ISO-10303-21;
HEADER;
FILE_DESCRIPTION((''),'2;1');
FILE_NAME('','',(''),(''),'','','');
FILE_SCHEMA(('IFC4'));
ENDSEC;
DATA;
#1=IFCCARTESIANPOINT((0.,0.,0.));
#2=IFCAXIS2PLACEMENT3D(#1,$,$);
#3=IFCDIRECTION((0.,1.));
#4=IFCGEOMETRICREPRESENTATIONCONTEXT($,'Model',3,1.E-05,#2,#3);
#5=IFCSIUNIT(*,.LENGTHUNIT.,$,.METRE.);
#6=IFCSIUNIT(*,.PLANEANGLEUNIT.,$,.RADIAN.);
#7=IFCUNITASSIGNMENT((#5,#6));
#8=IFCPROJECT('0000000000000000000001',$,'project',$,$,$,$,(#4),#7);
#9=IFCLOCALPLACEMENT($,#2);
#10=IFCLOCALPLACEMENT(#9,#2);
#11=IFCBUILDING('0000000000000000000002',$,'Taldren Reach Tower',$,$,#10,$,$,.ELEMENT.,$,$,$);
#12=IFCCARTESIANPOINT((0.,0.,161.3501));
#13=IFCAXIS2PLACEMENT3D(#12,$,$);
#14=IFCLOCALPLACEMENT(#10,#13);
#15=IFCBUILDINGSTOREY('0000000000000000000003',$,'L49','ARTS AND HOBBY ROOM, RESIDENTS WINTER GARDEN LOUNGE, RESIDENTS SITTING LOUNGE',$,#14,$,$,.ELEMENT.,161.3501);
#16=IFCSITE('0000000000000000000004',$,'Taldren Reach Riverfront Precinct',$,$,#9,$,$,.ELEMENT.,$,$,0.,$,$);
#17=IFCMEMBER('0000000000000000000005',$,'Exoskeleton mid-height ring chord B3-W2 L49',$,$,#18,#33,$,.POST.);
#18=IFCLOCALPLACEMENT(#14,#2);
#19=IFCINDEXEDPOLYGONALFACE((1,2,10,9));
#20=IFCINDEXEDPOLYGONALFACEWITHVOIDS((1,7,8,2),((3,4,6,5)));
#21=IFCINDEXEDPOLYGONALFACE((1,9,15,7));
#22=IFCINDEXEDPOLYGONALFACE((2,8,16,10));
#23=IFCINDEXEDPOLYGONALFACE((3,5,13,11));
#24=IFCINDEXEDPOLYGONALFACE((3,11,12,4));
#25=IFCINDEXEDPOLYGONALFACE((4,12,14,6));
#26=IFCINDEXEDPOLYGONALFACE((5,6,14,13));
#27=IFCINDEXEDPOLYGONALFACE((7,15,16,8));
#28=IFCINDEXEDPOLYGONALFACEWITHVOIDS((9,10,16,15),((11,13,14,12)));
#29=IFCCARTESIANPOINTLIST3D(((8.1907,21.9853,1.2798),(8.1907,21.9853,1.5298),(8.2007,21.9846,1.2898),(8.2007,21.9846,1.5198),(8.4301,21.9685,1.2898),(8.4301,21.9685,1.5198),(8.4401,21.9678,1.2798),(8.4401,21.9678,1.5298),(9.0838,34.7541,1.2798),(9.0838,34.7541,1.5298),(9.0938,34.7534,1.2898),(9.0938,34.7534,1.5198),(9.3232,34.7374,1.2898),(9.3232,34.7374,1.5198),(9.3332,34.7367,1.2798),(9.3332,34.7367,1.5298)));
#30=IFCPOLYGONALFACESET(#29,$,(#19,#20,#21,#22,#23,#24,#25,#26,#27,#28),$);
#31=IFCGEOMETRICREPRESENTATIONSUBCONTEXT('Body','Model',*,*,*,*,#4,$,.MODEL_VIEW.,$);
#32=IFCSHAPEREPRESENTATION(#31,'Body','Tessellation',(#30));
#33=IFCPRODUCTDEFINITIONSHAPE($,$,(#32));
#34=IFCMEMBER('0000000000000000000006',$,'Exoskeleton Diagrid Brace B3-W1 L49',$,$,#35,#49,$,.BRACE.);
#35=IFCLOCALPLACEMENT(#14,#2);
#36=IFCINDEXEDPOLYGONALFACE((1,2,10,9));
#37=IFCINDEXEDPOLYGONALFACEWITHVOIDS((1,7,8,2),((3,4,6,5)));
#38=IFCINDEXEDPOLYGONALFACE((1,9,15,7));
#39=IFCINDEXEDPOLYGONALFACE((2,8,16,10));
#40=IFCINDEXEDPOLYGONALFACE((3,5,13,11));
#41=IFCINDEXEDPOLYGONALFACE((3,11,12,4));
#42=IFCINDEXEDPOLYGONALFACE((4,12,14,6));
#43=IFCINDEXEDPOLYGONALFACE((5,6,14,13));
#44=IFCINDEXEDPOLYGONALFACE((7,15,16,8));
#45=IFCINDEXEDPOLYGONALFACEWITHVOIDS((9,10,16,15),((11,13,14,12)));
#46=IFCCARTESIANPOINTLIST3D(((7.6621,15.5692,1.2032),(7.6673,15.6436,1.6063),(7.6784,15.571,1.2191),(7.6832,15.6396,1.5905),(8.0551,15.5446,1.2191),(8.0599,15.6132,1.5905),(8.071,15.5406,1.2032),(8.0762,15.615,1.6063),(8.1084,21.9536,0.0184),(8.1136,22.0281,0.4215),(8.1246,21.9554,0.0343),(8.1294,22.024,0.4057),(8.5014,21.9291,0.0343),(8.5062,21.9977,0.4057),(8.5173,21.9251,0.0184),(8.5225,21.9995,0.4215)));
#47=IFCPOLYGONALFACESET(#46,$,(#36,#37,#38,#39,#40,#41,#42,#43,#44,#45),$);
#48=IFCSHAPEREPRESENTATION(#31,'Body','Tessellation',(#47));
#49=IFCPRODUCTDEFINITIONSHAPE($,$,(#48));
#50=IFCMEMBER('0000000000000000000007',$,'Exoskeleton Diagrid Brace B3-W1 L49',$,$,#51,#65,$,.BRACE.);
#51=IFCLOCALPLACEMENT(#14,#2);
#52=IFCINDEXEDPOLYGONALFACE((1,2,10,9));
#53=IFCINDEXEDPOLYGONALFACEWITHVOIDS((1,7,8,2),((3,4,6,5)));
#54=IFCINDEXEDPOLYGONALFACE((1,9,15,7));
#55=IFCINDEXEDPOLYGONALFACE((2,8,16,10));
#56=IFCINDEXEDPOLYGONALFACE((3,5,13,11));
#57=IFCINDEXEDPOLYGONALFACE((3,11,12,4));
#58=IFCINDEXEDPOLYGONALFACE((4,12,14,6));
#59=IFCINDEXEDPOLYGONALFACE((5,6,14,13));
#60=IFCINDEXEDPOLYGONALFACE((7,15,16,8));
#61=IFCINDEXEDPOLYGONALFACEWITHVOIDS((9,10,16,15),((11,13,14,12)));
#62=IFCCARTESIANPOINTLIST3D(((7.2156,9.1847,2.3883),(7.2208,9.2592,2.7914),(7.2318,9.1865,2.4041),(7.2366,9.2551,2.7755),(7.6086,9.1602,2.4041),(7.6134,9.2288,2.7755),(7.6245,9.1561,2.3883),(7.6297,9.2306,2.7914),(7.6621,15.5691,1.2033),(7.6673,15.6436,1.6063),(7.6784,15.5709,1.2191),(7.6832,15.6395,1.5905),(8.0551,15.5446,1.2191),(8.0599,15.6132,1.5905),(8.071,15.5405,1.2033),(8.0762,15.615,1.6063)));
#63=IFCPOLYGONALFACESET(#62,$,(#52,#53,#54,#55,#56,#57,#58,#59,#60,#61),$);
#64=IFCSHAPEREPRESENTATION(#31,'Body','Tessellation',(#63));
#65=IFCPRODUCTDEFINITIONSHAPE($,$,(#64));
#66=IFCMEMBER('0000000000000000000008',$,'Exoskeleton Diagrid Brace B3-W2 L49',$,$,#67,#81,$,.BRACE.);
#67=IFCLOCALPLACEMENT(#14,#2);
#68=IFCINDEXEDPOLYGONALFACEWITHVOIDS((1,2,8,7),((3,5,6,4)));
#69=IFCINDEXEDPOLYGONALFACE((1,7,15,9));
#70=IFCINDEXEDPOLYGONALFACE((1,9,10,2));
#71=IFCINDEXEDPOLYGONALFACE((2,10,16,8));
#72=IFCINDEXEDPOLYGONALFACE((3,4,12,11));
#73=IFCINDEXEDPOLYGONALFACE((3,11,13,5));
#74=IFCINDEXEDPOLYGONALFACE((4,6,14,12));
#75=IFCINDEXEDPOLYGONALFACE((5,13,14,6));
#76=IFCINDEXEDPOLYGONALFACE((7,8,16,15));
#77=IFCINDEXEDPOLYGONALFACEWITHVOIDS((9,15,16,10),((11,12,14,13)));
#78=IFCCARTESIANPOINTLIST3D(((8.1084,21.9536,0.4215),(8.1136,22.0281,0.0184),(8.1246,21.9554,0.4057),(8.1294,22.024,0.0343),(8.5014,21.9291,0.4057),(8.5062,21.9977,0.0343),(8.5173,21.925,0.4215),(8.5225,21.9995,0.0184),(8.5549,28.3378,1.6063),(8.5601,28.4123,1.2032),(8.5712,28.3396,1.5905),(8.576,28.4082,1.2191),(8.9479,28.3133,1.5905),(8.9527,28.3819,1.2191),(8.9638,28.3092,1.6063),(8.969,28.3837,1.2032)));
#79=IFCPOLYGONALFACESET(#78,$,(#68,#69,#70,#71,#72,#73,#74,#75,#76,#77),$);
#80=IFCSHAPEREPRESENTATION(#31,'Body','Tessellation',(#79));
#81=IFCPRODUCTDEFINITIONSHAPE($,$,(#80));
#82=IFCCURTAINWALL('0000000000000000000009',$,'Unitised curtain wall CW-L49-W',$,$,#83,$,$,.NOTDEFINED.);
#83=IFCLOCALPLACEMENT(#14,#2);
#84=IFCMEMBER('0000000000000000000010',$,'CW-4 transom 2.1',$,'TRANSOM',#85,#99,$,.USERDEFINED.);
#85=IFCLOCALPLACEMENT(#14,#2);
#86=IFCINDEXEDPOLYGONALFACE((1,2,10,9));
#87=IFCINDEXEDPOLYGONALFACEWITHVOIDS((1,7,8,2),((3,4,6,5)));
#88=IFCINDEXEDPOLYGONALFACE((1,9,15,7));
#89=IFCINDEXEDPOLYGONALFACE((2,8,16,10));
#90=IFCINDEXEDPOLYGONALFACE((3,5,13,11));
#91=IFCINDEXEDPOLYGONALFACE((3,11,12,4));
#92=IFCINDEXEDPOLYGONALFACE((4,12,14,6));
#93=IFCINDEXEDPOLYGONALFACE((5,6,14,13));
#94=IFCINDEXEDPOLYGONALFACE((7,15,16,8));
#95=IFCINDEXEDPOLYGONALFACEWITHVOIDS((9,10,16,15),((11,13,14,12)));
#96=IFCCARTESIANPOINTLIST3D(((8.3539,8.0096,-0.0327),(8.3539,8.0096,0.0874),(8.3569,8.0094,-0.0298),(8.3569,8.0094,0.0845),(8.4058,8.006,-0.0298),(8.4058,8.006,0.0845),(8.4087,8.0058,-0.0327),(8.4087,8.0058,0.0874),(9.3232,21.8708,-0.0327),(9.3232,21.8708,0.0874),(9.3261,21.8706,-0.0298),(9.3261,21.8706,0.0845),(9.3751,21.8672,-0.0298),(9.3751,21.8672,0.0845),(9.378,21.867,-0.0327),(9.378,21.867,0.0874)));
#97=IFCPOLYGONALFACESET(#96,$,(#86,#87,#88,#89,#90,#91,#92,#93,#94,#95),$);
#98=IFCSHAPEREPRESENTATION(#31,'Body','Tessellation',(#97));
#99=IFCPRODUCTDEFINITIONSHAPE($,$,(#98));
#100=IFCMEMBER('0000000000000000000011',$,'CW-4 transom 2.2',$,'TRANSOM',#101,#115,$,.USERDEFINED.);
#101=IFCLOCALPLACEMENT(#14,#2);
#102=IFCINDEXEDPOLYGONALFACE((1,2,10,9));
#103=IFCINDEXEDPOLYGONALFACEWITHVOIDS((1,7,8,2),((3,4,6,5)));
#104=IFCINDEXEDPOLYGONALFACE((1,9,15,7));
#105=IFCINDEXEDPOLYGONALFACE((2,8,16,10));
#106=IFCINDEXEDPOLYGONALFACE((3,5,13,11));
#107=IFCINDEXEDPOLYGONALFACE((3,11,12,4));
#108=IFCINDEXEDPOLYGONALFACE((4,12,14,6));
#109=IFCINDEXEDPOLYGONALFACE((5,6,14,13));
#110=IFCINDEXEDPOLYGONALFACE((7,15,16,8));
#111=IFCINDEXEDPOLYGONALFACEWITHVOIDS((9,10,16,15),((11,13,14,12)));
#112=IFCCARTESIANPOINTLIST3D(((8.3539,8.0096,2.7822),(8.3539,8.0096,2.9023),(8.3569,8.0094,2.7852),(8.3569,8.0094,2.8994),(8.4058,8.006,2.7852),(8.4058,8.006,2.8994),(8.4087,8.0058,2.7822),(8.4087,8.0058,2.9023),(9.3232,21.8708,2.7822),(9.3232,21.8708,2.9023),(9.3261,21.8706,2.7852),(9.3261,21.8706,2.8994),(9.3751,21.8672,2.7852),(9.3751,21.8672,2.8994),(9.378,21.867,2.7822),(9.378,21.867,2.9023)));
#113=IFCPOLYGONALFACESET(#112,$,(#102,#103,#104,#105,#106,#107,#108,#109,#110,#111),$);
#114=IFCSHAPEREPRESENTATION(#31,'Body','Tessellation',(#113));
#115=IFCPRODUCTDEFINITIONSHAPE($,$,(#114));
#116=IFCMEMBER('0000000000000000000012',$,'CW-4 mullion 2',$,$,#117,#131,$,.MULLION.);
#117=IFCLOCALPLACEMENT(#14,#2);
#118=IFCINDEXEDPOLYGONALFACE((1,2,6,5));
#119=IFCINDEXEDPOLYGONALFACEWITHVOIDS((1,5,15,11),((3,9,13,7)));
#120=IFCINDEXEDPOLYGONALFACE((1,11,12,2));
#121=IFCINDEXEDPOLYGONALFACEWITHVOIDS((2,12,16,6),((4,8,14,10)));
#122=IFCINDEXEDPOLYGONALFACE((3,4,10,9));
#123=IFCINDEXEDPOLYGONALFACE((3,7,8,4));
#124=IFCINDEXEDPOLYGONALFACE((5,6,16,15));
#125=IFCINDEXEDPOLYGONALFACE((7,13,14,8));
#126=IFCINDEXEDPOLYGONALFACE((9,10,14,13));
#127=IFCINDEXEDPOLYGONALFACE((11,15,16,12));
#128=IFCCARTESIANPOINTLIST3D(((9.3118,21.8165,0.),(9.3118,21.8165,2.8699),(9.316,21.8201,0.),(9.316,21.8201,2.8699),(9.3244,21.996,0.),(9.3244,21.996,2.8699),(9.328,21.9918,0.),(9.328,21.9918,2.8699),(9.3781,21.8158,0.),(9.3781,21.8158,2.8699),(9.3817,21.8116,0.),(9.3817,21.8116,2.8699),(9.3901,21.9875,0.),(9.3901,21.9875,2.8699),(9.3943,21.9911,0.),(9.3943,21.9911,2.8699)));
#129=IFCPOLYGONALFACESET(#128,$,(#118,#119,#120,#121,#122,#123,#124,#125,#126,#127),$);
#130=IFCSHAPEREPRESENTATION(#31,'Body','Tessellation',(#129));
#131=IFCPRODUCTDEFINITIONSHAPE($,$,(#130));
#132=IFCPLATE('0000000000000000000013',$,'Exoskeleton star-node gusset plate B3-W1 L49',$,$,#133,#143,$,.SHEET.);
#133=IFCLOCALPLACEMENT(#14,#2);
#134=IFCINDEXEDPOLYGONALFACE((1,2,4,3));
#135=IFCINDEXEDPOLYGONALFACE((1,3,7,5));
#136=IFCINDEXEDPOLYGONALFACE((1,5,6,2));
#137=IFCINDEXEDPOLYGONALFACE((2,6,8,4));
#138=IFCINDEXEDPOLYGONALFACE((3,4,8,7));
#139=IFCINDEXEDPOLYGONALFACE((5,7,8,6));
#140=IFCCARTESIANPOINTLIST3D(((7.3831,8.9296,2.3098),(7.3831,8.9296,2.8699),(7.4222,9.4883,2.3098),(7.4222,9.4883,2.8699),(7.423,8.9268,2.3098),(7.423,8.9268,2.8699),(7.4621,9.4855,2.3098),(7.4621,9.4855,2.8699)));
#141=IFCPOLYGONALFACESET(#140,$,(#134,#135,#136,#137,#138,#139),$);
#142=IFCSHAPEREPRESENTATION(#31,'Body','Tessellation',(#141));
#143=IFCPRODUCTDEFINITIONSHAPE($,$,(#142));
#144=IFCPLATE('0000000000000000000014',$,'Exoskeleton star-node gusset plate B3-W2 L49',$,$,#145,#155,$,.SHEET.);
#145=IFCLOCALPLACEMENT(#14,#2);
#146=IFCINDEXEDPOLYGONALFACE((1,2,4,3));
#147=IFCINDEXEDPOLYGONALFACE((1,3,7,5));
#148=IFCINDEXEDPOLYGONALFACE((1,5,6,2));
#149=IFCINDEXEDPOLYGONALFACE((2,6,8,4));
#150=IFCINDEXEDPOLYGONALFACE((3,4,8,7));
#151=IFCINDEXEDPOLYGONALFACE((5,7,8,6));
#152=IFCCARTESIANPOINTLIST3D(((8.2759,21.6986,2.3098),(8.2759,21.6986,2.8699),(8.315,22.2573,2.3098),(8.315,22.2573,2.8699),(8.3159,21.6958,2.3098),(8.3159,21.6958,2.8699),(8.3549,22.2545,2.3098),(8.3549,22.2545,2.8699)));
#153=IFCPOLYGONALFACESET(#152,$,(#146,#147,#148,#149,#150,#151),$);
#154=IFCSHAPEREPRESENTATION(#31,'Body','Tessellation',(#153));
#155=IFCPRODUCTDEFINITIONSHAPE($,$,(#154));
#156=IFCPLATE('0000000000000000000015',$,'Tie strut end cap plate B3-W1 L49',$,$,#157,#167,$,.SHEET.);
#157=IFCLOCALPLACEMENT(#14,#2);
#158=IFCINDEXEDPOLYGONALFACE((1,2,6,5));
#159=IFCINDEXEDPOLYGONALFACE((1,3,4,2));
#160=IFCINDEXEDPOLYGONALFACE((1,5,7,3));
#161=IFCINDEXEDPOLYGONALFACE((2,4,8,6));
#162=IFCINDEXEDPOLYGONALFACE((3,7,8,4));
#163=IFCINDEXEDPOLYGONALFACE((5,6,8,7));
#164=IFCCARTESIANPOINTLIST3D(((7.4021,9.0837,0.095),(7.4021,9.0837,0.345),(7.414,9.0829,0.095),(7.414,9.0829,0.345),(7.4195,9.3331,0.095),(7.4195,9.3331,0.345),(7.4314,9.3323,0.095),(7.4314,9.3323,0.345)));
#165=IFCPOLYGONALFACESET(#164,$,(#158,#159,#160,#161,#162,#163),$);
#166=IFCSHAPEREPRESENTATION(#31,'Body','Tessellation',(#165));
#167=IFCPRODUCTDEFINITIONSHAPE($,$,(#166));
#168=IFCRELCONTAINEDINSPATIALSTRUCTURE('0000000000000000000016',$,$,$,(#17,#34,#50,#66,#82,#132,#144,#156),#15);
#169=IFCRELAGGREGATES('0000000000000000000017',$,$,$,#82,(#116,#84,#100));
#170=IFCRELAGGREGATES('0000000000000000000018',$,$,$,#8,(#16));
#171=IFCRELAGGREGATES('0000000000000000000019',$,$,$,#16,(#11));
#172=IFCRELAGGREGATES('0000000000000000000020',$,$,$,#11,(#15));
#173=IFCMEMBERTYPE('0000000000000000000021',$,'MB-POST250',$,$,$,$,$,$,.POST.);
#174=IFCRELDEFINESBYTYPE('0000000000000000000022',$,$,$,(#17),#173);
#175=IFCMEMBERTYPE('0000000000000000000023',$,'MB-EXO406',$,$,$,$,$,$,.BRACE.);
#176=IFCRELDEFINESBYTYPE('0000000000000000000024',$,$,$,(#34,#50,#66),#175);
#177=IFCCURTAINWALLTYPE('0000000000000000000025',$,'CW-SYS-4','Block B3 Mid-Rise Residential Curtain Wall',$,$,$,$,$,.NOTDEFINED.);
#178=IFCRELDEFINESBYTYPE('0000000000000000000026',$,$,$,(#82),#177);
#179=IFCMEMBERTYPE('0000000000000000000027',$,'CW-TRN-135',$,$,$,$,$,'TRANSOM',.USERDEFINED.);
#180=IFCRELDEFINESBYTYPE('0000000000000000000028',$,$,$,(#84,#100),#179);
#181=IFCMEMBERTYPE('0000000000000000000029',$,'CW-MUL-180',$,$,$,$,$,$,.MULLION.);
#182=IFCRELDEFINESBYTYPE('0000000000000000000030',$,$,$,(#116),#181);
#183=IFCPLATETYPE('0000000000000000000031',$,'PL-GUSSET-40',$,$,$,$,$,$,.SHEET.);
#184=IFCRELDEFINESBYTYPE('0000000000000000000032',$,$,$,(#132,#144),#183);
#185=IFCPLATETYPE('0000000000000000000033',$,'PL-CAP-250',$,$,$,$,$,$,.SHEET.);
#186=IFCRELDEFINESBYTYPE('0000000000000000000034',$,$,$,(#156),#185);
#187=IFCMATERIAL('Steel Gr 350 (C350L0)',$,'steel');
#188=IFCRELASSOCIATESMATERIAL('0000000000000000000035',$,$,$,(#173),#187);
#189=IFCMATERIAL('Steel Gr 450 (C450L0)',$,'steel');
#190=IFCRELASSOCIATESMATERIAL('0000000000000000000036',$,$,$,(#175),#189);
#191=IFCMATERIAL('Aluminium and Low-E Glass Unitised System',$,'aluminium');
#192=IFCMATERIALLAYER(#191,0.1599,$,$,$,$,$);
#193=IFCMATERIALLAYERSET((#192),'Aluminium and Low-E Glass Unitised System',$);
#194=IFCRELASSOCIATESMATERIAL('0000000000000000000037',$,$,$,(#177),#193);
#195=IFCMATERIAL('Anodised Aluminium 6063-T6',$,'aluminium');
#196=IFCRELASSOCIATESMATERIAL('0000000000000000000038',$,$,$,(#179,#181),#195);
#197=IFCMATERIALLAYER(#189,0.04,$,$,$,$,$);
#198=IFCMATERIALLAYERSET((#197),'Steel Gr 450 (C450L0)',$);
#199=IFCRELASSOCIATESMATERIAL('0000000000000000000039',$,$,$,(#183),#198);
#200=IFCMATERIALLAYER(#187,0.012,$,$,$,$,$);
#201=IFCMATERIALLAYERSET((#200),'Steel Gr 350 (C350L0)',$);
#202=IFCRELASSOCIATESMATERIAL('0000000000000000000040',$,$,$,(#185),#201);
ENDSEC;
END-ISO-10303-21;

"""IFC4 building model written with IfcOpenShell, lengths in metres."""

from ifc_helpers import new_model, si_unit, direction, frame, origin, origin_2d, place, context, subcontext, project, spatial, rectangle, hollow_rectangle, extrude, source, transform, mapped, material, layer, layer_set, material_profile, profile_set, type_object, element, aggregate, save


model = new_model("IFC4")

# Units and contexts
model_context = context("Model", 3, precision=1e-05, world=origin(), true_north=direction((0.0, 1.0)))
body_context = subcontext(model_context, "Body", "Model", "MODEL_VIEW")
ifc_project = project(units=[si_unit("LENGTHUNIT", "METRE"), si_unit("PLANEANGLEUNIT", "RADIAN")], contexts=[model_context])

# Site, building, storey
site_placement = place(None, origin())
site = spatial("IfcSite", under=ifc_project, at=site_placement, Name="Taldren Reach Riverfront Precinct", CompositionType="ELEMENT", RefElevation=0.0)
building_placement = place(site_placement, origin())
building = spatial("IfcBuilding", under=site, at=building_placement, Name="Taldren Reach Tower", CompositionType="ELEMENT")
storey_placement = place(building_placement, frame((0.0, 0.0, 161.3501)))
storey = spatial("IfcBuildingStorey", under=building, at=storey_placement, Name="L49", Description="ARTS AND HOBBY ROOM, RESIDENTS WINTER GARDEN LOUNGE, RESIDENTS SITTING LOUNGE", CompositionType="ELEMENT", Elevation=161.3501)

# Shared definitions
ifc_material_1 = material(Name="Steel Gr 350 (C350L0)", Category="steel")
ifc_material_profile_1 = material_profile(ifc_material_1, hollow_rectangle(XDim=0.25, YDim=0.25, WallThickness=0.01, at=origin_2d()), Name="250x250x10.0SHS")
ifc_profile_set_1 = profile_set([ifc_material_profile_1], Name="Steel Gr 350 (C350L0)")
member_type_1 = type_object("IfcMemberType", Name="MB-POST250", PredefinedType="POST", material=ifc_profile_set_1)
ifc_material_2 = material(Name="Steel Gr 450 (C450L0)", Category="steel")

# Members
shared_shape_1 = source(origin(), body_context, "Body", "SweptSolid", [
    extrude(hollow_rectangle(XDim=0.25, YDim=0.25, WallThickness=0.01, at=origin_2d()), origin(), (0.0, 0.0, 1.0), 12.8),
])
member_1_placement = place(storey_placement, frame((8.3154, 21.9766, 1.4048), z_axis=(0.069771, 0.997563, 0.0), x_axis=(-0.997563, 0.069771, 0.0)))
element("IfcMember", 1, at=member_1_placement, inside=storey, type_object=member_type_1, Name="Exoskeleton mid-height ring chord B3-W2 L49", PredefinedType="POST", context=body_context, shape_type="MappedRepresentation", body=[
    mapped(shared_shape_1, transform((0.0, 0.0, 0.0), scale=1.0)),
])
ifc_material_profile_2 = material_profile(ifc_material_2, hollow_rectangle(XDim=0.4099, YDim=0.4099, WallThickness=0.0161, at=origin_2d()), Name="410x410x16.0SHS")
ifc_profile_set_2 = profile_set([ifc_material_profile_2], Name="Steel Gr 450 (C450L0)")
member_type_2 = type_object("IfcMemberType", Name="MB-EXO406", PredefinedType="BRACE", material=ifc_profile_set_2)
shared_shape_2 = source(origin(), body_context, "Body", "SweptSolid", [
    extrude(hollow_rectangle(XDim=0.4099, YDim=0.4099, WallThickness=0.0161, at=origin_2d()), origin(), (0.0, 0.0, 1.0), 6.5088),
])
for number, where, z_axis, x_axis, name in (
    (2, (8.3154, 21.9766, 0.22), (-0.068567, -0.980899, 0.182031), (0.997566, -0.069732, 0.0), "Exoskeleton Diagrid Brace B3-W1 L49"),
    (3, (7.8691, 15.592, 1.4048), (-0.068603, -0.98089, 0.182067), (0.997563, -0.06977, 0.0), "Exoskeleton Diagrid Brace B3-W1 L49"),
):
    element("IfcMember", number, at=place(storey_placement, frame(where, z_axis=z_axis, x_axis=x_axis)), inside=storey, type_object=member_type_2, Name=name, PredefinedType="BRACE", context=body_context, shape_type="MappedRepresentation", body=[
        mapped(shared_shape_2, transform((0.0, 0.0, 0.0), scale=1.0)),
    ])
shared_shape_3 = source(origin(), body_context, "Body", "SweptSolid", [
    extrude(hollow_rectangle(XDim=0.4099, YDim=0.4099, WallThickness=0.0161, at=origin_2d()), origin(), (0.0, 0.0, 1.0), 6.5085),
])
member_2_placement = place(storey_placement, frame((8.3154, 21.9766, 0.22), z_axis=(0.068606, 0.980895, 0.182038), x_axis=(-0.997563, 0.069772, 0.0)))
element("IfcMember", 4, at=member_2_placement, inside=storey, type_object=member_type_2, Name="Exoskeleton Diagrid Brace B3-W2 L49", PredefinedType="BRACE", context=body_context, shape_type="MappedRepresentation", body=[
    mapped(shared_shape_3, transform((0.0, 0.0, 0.0), scale=1.0)),
])

# Curtain wall, members
ifc_material_3 = material(Name="Aluminium and Low-E Glass Unitised System", Category="aluminium")
ifc_layer_1 = layer(ifc_material_3, 0.1599)
ifc_layer_set_1 = layer_set([ifc_layer_1], Name="Aluminium and Low-E Glass Unitised System")
curtain_wall_type = type_object("IfcCurtainWallType", Name="CW-SYS-4", Description="Block B3 Mid-Rise Residential Curtain Wall", PredefinedType="NOTDEFINED", material=ifc_layer_set_1)
curtain_wall_placement = place(storey_placement, origin())
curtain_wall = element("IfcCurtainWall", 5, at=curtain_wall_placement, inside=storey, type_object=curtain_wall_type, Name="Unitised curtain wall CW-L49-W", PredefinedType="NOTDEFINED")
ifc_material_4 = material(Name="Anodised Aluminium 6063-T6", Category="aluminium")
ifc_material_profile_3 = material_profile(ifc_material_4, hollow_rectangle(XDim=0.0549, YDim=0.1201, WallThickness=0.0029, at=origin_2d()), Name="ALU-120x55x3RHS")
ifc_profile_set_3 = profile_set([ifc_material_profile_3], Name="Anodised Aluminium 6063-T6")
member_type_3 = type_object("IfcMemberType", Name="CW-TRN-135", ElementType="TRANSOM", PredefinedType="USERDEFINED", material=ifc_profile_set_3)
shared_shape_4 = source(origin(), body_context, "Body", "SweptSolid", [
    extrude(hollow_rectangle(XDim=0.0549, YDim=0.1201, WallThickness=0.0029, at=origin_2d()), origin(), (0.0, 0.0, 1.0), 13.895),
])
member_3_placement = place(storey_placement, frame((9.3506, 21.8689, 0.0273), z_axis=(-0.069755, -0.997564, 0.0), x_axis=(0.997564, -0.069755, 0.0)))
member_3 = element("IfcMember", 6, at=member_3_placement, type_object=member_type_3, Name="CW-4 transom 2.1", ObjectType="TRANSOM", PredefinedType="USERDEFINED", context=body_context, shape_type="MappedRepresentation", body=[
    mapped(shared_shape_4, transform((0.0, 0.0, 0.0), scale=1.0)),
])
member_4_placement = place(storey_placement, frame((9.3506, 21.8689, 2.8423), z_axis=(-0.069755, -0.997564, 0.0), x_axis=(0.997564, -0.069755, 0.0)))
member_4 = element("IfcMember", 7, at=member_4_placement, type_object=member_type_3, Name="CW-4 transom 2.2", ObjectType="TRANSOM", PredefinedType="USERDEFINED", context=body_context, shape_type="MappedRepresentation", body=[
    mapped(shared_shape_4, transform((0.0, 0.0, 0.0), scale=1.0)),
])
ifc_material_profile_4 = material_profile(ifc_material_4, hollow_rectangle(XDim=0.0701, YDim=0.1799, WallThickness=0.0039, at=origin_2d()), Name="ALU-180x70x4RHS")
ifc_profile_set_4 = profile_set([ifc_material_profile_4], Name="Anodised Aluminium 6063-T6")
member_type_4 = type_object("IfcMemberType", Name="CW-MUL-180", PredefinedType="MULLION", material=ifc_profile_set_4)
shared_shape_5 = source(origin(), body_context, "Body", "SweptSolid", [
    extrude(hollow_rectangle(XDim=0.0701, YDim=0.1799, WallThickness=0.0039, at=origin_2d()), origin(), (0.0, 0.0, 1.0), 2.8699),
])
member_5_placement = place(storey_placement, frame((9.353, 21.9038, 0.0), z_axis=(0.0, 0.0, 1.0), x_axis=(0.997564, -0.069756, 0.0)))
member_5 = element("IfcMember", 8, at=member_5_placement, type_object=member_type_4, Name="CW-4 mullion 2", PredefinedType="MULLION", context=body_context, shape_type="MappedRepresentation", body=[
    mapped(shared_shape_5, transform((0.0, 0.0, 0.0), scale=1.0)),
])

# Plates
ifc_layer_2 = layer(ifc_material_2, 0.04)
ifc_layer_set_2 = layer_set([ifc_layer_2], Name="Steel Gr 450 (C450L0)")
plate_type_1 = type_object("IfcPlateType", Name="PL-GUSSET-40", PredefinedType="SHEET", material=ifc_layer_set_2)
shared_shape_6 = source(origin(), body_context, "Body", "SweptSolid", [
    extrude(rectangle(XDim=0.5601, YDim=0.04, at=origin_2d()), origin(), (0.0, 0.0, 1.0), 0.5601),
])
for number, where, z_axis, x_axis, name in (
    (9, (7.4226, 9.2075, 2.3098), (0.0, 0.0, 1.0), (0.069756, 0.997564, 0.0), "Exoskeleton star-node gusset plate B3-W1 L49"),
    (10, (8.3154, 21.9766, 2.3098), (0.0, 0.0, 1.0), (0.069756, 0.997564, 0.0), "Exoskeleton star-node gusset plate B3-W2 L49"),
):
    element("IfcPlate", number, at=place(storey_placement, frame(where, z_axis=z_axis, x_axis=x_axis)), inside=storey, type_object=plate_type_1, Name=name, PredefinedType="SHEET", context=body_context, shape_type="MappedRepresentation", body=[
        mapped(shared_shape_6, transform((0.0, 0.0, 0.0), scale=1.0)),
    ])
ifc_layer_3 = layer(ifc_material_1, 0.012)
ifc_layer_set_3 = layer_set([ifc_layer_3], Name="Steel Gr 350 (C350L0)")
plate_type_2 = type_object("IfcPlateType", Name="PL-CAP-250", PredefinedType="SHEET", material=ifc_layer_set_3)
shared_shape_7 = source(origin(), body_context, "Body", "SweptSolid", [
    extrude(rectangle(XDim=0.012, YDim=0.25, at=origin_2d()), origin(), (0.0, 0.0, 1.0), 0.25),
])
plate_1_placement = place(storey_placement, frame((7.4167, 9.208, 0.095), z_axis=(0.0, 0.0, 1.0), x_axis=(0.997564, -0.069756, 0.0)))
element("IfcPlate", 11, at=plate_1_placement, inside=storey, type_object=plate_type_2, Name="Tie strut end cap plate B3-W1 L49", PredefinedType="SHEET", context=body_context, shape_type="MappedRepresentation", body=[
    mapped(shared_shape_7, transform((0.0, 0.0, 0.0), scale=1.0)),
])

aggregate(curtain_wall, [member_5, member_3, member_4])

save(model, "model.ifc")
